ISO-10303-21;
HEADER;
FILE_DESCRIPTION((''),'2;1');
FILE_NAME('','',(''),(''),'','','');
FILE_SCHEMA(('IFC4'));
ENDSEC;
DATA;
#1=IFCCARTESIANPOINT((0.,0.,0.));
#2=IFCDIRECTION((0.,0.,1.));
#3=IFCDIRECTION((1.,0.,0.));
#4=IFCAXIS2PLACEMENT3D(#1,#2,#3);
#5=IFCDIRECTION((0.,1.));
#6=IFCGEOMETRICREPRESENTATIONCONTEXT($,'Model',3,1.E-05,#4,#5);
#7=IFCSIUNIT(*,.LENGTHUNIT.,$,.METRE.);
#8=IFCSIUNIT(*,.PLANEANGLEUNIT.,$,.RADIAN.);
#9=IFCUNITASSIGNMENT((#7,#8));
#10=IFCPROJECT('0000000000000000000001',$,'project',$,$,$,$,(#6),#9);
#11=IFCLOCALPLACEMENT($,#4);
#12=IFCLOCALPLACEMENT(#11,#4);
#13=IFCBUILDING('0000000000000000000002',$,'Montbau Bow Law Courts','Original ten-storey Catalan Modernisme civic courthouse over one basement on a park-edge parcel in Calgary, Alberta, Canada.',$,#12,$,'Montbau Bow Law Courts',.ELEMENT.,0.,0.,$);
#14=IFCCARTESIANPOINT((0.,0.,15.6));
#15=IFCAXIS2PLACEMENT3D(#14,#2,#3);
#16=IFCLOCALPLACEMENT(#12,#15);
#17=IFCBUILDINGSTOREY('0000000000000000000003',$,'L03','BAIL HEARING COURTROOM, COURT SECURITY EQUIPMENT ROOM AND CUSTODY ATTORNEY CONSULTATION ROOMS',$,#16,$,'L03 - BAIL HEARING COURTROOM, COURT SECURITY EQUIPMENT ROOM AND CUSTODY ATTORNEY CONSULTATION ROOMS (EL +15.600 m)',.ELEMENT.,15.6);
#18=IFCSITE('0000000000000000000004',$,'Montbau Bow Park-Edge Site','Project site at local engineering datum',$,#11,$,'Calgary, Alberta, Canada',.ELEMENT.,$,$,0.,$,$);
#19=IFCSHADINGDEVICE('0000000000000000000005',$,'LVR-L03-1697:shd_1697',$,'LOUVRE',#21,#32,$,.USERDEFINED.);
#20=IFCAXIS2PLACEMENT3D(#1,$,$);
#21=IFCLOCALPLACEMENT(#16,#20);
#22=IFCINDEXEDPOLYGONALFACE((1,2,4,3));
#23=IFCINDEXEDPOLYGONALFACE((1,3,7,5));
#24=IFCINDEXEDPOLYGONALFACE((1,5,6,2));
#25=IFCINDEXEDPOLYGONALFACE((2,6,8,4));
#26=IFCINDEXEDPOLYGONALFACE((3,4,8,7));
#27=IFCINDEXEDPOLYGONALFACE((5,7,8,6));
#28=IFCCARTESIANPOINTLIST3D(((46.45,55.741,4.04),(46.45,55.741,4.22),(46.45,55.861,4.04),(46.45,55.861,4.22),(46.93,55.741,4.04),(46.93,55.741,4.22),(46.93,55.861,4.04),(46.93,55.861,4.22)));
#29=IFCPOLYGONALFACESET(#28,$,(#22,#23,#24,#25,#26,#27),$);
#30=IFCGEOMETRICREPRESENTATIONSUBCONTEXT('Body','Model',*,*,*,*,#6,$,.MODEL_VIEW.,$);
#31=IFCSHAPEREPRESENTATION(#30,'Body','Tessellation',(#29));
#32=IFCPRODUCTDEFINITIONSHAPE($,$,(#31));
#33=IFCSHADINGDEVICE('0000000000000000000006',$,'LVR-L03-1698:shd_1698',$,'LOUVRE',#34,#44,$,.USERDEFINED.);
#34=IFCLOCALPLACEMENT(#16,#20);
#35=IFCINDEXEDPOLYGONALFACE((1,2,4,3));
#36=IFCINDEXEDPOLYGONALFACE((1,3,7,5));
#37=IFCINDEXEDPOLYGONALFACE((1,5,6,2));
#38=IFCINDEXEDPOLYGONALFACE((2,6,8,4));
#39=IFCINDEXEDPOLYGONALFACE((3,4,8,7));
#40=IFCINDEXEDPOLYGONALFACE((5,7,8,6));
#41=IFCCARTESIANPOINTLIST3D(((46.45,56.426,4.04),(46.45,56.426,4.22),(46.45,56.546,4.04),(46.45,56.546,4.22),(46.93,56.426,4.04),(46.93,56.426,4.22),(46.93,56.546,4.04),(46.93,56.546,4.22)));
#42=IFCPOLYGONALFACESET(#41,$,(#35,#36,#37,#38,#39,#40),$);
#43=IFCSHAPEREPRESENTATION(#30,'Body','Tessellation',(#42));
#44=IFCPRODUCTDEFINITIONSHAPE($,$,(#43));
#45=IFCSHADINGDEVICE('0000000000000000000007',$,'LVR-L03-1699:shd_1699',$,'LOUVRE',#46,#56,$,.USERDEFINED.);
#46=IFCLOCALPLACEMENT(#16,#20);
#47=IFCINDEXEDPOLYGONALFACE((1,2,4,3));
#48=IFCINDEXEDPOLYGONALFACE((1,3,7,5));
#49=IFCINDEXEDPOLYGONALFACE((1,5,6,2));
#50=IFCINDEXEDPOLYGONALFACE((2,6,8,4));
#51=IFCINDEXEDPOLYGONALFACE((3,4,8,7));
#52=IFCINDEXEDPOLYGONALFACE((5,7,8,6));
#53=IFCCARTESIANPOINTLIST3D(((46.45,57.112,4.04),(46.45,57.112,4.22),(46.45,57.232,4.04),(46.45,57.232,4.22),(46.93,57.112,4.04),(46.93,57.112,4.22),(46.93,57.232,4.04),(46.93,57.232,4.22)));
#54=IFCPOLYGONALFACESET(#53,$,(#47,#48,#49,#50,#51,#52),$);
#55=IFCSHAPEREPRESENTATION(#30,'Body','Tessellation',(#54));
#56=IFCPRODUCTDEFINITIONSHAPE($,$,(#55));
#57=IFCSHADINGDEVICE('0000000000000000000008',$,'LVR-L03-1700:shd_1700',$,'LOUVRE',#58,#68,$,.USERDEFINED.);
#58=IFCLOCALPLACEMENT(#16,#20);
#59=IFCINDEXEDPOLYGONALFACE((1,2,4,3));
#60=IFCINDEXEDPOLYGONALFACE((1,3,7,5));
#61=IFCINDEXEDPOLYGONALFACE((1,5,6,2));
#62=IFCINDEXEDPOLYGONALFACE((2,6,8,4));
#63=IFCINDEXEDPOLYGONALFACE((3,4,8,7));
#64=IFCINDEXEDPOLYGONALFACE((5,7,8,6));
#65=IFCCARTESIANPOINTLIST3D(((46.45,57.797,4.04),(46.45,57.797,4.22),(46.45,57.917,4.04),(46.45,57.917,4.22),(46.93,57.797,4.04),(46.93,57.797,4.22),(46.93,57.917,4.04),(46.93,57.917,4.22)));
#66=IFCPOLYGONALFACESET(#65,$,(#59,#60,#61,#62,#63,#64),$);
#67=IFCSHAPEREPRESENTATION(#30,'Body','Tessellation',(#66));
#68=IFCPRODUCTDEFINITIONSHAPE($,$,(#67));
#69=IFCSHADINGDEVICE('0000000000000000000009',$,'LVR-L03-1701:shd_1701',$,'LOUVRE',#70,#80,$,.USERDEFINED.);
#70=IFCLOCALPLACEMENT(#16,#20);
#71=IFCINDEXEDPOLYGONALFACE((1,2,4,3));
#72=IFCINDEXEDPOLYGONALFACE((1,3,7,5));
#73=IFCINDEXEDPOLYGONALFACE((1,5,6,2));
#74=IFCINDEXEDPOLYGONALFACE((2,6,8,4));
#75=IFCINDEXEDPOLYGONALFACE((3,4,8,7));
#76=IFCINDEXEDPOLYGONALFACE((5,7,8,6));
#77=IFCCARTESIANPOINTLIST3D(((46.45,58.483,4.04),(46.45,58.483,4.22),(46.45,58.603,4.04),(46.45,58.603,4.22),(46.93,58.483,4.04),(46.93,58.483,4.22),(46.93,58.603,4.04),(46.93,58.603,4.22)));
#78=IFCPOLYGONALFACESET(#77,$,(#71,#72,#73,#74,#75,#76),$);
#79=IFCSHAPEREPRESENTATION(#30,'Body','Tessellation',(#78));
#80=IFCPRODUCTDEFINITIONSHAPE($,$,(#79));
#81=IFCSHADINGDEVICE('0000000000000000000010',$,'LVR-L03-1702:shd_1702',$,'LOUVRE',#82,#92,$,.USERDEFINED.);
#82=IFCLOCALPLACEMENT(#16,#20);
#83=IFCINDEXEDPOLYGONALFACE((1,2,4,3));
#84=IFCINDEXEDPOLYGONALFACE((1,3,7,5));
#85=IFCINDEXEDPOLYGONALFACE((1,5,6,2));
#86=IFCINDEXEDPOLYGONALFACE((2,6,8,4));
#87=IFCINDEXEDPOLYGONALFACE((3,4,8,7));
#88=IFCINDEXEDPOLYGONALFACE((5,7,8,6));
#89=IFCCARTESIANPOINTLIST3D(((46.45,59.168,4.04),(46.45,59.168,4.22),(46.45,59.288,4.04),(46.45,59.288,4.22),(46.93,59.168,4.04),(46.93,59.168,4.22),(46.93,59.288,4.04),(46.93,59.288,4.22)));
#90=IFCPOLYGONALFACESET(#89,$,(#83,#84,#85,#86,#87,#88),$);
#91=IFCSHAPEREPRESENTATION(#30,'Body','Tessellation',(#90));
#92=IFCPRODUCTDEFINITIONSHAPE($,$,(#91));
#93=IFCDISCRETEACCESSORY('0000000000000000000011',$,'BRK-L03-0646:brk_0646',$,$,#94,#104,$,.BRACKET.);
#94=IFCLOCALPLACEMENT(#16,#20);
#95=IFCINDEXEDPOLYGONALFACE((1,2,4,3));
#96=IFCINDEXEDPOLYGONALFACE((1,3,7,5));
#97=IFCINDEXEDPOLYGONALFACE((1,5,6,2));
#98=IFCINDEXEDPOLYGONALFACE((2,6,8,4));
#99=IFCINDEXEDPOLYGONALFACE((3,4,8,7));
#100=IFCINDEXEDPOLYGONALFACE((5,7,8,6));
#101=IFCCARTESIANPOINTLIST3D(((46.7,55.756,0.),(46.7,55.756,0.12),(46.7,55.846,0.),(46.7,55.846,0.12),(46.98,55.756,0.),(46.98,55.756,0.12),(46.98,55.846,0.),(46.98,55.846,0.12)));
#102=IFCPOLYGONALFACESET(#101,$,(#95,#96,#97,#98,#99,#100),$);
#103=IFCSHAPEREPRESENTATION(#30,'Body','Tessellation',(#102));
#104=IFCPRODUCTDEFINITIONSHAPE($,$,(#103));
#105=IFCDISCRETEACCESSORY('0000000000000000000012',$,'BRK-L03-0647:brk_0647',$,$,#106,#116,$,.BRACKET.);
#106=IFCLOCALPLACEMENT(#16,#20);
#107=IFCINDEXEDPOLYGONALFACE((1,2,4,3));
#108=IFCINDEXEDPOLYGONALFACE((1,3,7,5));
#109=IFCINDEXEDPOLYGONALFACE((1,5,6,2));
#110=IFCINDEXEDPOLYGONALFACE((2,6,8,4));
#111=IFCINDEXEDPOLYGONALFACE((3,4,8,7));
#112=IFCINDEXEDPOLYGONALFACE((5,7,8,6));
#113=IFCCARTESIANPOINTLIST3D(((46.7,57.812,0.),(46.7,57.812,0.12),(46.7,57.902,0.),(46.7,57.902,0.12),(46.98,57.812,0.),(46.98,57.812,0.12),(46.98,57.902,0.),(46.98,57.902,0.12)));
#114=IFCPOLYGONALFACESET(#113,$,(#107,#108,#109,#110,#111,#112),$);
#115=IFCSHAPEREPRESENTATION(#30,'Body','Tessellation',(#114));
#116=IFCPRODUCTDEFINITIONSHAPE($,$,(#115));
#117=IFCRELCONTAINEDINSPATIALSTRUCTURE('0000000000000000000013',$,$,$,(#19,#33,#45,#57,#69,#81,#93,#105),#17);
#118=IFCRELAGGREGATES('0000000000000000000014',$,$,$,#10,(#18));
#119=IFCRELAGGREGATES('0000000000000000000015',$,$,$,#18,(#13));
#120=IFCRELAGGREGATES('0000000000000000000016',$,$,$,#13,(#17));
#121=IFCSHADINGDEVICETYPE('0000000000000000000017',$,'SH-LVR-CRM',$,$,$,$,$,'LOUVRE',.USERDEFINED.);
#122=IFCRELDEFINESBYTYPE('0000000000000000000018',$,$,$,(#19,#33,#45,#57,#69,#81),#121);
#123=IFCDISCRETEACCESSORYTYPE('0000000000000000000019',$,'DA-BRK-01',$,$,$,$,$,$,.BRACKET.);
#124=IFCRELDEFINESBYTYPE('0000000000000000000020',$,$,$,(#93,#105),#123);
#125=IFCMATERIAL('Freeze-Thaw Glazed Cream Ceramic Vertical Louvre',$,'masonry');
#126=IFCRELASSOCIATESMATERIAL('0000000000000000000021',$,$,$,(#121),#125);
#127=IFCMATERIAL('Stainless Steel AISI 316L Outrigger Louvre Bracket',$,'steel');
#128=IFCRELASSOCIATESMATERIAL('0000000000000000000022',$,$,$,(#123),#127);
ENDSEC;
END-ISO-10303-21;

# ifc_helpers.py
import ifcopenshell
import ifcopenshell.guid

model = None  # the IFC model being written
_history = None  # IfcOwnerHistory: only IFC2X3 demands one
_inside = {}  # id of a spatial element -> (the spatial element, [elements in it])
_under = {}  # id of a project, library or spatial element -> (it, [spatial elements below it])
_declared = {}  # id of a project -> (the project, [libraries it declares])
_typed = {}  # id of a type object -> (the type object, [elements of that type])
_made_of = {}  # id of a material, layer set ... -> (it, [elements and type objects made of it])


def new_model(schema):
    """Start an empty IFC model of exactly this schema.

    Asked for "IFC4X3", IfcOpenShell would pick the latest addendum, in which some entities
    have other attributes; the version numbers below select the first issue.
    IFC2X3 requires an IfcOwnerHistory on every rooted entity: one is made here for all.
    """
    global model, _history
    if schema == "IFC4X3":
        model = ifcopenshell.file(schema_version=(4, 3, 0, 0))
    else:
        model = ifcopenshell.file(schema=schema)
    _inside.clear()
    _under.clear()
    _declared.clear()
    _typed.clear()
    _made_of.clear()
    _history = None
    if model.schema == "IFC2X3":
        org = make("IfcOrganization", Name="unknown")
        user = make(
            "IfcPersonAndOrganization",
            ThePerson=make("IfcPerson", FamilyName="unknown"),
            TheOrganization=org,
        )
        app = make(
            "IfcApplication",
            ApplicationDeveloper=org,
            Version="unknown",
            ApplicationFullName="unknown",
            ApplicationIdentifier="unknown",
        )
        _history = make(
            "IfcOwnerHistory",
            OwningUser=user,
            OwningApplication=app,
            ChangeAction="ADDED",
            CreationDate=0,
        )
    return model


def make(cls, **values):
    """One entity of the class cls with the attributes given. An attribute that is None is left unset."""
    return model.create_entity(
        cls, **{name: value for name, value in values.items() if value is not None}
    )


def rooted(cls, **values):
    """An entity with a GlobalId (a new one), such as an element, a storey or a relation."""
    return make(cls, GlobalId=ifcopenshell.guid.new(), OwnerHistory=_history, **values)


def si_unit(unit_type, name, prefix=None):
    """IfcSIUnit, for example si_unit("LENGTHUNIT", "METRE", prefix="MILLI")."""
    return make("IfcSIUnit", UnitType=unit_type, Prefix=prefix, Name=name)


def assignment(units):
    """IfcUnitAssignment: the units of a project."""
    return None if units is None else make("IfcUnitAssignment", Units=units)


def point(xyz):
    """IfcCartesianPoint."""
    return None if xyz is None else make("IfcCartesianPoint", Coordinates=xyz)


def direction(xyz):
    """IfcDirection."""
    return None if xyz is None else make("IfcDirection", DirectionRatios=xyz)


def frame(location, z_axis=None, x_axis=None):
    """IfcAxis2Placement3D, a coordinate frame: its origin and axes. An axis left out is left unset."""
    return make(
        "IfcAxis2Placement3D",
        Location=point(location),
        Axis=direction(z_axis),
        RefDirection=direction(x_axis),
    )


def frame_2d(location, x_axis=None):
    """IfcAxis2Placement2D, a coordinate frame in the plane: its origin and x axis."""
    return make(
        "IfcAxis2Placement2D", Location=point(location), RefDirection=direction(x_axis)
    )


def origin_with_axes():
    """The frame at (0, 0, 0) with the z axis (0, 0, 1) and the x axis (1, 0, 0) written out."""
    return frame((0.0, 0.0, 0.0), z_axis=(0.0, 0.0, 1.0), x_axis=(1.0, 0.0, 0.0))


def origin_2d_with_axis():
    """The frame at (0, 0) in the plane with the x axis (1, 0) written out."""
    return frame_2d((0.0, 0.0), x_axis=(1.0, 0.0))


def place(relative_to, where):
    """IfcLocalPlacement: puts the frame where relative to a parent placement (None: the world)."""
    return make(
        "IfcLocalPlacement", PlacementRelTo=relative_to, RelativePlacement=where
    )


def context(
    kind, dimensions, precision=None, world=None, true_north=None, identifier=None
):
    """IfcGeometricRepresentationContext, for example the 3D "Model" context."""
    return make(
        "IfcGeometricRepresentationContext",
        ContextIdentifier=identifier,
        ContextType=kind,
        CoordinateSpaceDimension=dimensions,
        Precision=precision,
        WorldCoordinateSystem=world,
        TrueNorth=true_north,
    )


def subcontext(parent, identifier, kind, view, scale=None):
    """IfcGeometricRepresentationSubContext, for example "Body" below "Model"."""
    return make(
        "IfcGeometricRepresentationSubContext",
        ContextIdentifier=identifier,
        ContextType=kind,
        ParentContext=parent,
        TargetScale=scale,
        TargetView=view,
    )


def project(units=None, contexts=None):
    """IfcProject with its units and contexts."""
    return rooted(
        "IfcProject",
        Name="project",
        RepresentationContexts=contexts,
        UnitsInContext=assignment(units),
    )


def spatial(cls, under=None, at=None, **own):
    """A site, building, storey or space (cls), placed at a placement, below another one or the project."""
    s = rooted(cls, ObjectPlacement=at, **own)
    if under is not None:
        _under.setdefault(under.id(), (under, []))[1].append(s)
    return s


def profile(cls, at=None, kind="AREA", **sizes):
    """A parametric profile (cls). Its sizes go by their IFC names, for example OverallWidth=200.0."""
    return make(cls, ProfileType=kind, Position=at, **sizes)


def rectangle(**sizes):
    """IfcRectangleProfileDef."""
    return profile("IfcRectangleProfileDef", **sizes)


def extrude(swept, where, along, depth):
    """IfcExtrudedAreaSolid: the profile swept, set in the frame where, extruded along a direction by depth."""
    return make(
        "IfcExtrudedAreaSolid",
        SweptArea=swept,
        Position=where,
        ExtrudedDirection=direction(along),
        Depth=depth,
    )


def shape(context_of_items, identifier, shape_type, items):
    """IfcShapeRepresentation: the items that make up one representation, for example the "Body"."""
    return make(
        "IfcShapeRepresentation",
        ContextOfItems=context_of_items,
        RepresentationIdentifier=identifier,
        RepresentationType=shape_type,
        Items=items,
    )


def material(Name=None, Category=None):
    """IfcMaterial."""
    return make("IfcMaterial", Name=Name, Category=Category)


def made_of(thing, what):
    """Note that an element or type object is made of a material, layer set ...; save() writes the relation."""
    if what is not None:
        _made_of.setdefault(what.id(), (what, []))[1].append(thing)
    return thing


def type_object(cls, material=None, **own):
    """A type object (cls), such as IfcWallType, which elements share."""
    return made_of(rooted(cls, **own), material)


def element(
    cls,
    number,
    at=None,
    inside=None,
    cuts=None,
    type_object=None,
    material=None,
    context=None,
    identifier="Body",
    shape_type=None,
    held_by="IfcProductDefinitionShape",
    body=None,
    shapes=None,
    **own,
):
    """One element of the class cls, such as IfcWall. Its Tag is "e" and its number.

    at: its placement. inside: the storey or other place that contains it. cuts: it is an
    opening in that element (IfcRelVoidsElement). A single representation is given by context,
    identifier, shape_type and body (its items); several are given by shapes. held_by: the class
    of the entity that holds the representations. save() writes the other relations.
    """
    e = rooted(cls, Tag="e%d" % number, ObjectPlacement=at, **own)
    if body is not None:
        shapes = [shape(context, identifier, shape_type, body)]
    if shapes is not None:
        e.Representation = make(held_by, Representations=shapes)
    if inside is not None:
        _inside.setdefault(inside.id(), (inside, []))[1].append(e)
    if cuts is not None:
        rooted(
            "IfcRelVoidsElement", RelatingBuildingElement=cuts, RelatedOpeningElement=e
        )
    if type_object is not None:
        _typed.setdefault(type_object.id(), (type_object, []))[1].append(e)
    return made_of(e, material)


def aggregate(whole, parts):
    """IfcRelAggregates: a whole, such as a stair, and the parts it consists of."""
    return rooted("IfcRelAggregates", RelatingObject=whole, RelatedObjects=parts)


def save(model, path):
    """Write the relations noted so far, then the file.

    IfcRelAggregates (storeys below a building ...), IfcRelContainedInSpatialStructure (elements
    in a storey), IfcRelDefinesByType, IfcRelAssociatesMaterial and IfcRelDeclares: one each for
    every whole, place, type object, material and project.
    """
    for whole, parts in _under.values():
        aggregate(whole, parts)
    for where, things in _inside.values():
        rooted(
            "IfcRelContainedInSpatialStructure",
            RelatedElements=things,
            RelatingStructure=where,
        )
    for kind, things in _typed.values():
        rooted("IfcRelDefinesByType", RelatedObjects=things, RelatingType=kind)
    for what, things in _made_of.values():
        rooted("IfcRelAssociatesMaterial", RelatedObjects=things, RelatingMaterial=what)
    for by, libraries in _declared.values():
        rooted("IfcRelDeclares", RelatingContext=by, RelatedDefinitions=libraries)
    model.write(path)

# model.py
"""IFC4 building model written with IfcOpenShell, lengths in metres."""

from ifc_helpers import new_model, si_unit, direction, frame, origin_with_axes, origin_2d_with_axis, place, context, subcontext, project, spatial, rectangle, extrude, material, type_object, element, save


model = new_model("IFC4")

# Units and contexts
model_context = context("Model", 3, precision=1e-05, world=origin_with_axes(), true_north=direction((0.0, 1.0)))
body_context = subcontext(model_context, "Body", "Model", "MODEL_VIEW")
ifc_project = project(units=[si_unit("LENGTHUNIT", "METRE"), si_unit("PLANEANGLEUNIT", "RADIAN")], contexts=[model_context])

# Site, building, storey
site_placement = place(None, origin_with_axes())
site = spatial("IfcSite", under=ifc_project, at=site_placement, Name="Montbau Bow Park-Edge Site", Description="Project site at local engineering datum", LongName="Calgary, Alberta, Canada", CompositionType="ELEMENT", RefElevation=0.0)
building_placement = place(site_placement, origin_with_axes())
building = spatial("IfcBuilding", under=site, at=building_placement, Name="Montbau Bow Law Courts", Description="Original ten-storey Catalan Modernisme civic courthouse over one basement on a park-edge parcel in Calgary, Alberta, Canada.", LongName="Montbau Bow Law Courts", CompositionType="ELEMENT", ElevationOfRefHeight=0.0, ElevationOfTerrain=0.0)
storey_placement = place(building_placement, frame((0.0, 0.0, 15.6), z_axis=(0.0, 0.0, 1.0), x_axis=(1.0, 0.0, 0.0)))
storey = spatial("IfcBuildingStorey", under=building, at=storey_placement, Name="L03", Description="BAIL HEARING COURTROOM, COURT SECURITY EQUIPMENT ROOM AND CUSTODY ATTORNEY CONSULTATION ROOMS", LongName="L03 - BAIL HEARING COURTROOM, COURT SECURITY EQUIPMENT ROOM AND CUSTODY ATTORNEY CONSULTATION ROOMS (EL +15.600 m)", CompositionType="ELEMENT", Elevation=15.6)

# Shading devices
ifc_material_1 = material(Name="Freeze-Thaw Glazed Cream Ceramic Vertical Louvre", Category="masonry")
shading_device_type = type_object("IfcShadingDeviceType", Name="SH-LVR-CRM", ElementType="LOUVRE", PredefinedType="USERDEFINED", material=ifc_material_1)
for number, where, z_axis, x_axis, name in (
    (1, (46.69, 55.801, 19.64), (0.0, 0.0, 1.0), (-1.0, 0.0, 0.0), "LVR-L03-1697:shd_1697"),
    (2, (46.69, 56.486, 19.64), (0.0, 0.0, 1.0), (-1.0, 0.0, 0.0), "LVR-L03-1698:shd_1698"),
    (3, (46.69, 57.172, 19.64), (0.0, 0.0, 1.0), (-1.0, 0.0, 0.0), "LVR-L03-1699:shd_1699"),
    (4, (46.69, 57.857, 19.64), (0.0, 0.0, 1.0), (-1.0, 0.0, 0.0), "LVR-L03-1700:shd_1700"),
    (5, (46.69, 58.543, 19.64), (0.0, 0.0, 1.0), (-1.0, 0.0, 0.0), "LVR-L03-1701:shd_1701"),
    (6, (46.69, 59.228, 19.64), (0.0, 0.0, 1.0), (-1.0, 0.0, 0.0), "LVR-L03-1702:shd_1702"),
):
    element("IfcShadingDevice", number, at=place(None, frame(where, z_axis=z_axis, x_axis=x_axis)), inside=storey, type_object=shading_device_type, Name=name, ObjectType="LOUVRE", PredefinedType="USERDEFINED", context=body_context, shape_type="SweptSolid", body=[
        extrude(rectangle(XDim=0.48, YDim=0.12, at=origin_2d_with_axis()), origin_with_axes(), (0.0, 0.0, 1.0), 0.18),
    ])

# Discrete accessories
ifc_material_2 = material(Name="Stainless Steel AISI 316L Outrigger Louvre Bracket", Category="steel")
discrete_accessory_type = type_object("IfcDiscreteAccessoryType", Name="DA-BRK-01", PredefinedType="BRACKET", material=ifc_material_2)
for number, where, z_axis, x_axis, name in (
    (7, (46.84, 55.801, 15.6), (0.0, 0.0, 1.0), (-1.0, 0.0, 0.0), "BRK-L03-0646:brk_0646"),
    (8, (46.84, 57.857, 15.6), (0.0, 0.0, 1.0), (-1.0, 0.0, 0.0), "BRK-L03-0647:brk_0647"),
):
    element("IfcDiscreteAccessory", number, at=place(None, frame(where, z_axis=z_axis, x_axis=x_axis)), inside=storey, type_object=discrete_accessory_type, Name=name, PredefinedType="BRACKET", context=body_context, shape_type="SweptSolid", body=[
        extrude(rectangle(XDim=0.28, YDim=0.09, at=origin_2d_with_axis()), origin_with_axes(), (0.0, 0.0, 1.0), 0.12),
    ])

save(model, "model.ifc")
